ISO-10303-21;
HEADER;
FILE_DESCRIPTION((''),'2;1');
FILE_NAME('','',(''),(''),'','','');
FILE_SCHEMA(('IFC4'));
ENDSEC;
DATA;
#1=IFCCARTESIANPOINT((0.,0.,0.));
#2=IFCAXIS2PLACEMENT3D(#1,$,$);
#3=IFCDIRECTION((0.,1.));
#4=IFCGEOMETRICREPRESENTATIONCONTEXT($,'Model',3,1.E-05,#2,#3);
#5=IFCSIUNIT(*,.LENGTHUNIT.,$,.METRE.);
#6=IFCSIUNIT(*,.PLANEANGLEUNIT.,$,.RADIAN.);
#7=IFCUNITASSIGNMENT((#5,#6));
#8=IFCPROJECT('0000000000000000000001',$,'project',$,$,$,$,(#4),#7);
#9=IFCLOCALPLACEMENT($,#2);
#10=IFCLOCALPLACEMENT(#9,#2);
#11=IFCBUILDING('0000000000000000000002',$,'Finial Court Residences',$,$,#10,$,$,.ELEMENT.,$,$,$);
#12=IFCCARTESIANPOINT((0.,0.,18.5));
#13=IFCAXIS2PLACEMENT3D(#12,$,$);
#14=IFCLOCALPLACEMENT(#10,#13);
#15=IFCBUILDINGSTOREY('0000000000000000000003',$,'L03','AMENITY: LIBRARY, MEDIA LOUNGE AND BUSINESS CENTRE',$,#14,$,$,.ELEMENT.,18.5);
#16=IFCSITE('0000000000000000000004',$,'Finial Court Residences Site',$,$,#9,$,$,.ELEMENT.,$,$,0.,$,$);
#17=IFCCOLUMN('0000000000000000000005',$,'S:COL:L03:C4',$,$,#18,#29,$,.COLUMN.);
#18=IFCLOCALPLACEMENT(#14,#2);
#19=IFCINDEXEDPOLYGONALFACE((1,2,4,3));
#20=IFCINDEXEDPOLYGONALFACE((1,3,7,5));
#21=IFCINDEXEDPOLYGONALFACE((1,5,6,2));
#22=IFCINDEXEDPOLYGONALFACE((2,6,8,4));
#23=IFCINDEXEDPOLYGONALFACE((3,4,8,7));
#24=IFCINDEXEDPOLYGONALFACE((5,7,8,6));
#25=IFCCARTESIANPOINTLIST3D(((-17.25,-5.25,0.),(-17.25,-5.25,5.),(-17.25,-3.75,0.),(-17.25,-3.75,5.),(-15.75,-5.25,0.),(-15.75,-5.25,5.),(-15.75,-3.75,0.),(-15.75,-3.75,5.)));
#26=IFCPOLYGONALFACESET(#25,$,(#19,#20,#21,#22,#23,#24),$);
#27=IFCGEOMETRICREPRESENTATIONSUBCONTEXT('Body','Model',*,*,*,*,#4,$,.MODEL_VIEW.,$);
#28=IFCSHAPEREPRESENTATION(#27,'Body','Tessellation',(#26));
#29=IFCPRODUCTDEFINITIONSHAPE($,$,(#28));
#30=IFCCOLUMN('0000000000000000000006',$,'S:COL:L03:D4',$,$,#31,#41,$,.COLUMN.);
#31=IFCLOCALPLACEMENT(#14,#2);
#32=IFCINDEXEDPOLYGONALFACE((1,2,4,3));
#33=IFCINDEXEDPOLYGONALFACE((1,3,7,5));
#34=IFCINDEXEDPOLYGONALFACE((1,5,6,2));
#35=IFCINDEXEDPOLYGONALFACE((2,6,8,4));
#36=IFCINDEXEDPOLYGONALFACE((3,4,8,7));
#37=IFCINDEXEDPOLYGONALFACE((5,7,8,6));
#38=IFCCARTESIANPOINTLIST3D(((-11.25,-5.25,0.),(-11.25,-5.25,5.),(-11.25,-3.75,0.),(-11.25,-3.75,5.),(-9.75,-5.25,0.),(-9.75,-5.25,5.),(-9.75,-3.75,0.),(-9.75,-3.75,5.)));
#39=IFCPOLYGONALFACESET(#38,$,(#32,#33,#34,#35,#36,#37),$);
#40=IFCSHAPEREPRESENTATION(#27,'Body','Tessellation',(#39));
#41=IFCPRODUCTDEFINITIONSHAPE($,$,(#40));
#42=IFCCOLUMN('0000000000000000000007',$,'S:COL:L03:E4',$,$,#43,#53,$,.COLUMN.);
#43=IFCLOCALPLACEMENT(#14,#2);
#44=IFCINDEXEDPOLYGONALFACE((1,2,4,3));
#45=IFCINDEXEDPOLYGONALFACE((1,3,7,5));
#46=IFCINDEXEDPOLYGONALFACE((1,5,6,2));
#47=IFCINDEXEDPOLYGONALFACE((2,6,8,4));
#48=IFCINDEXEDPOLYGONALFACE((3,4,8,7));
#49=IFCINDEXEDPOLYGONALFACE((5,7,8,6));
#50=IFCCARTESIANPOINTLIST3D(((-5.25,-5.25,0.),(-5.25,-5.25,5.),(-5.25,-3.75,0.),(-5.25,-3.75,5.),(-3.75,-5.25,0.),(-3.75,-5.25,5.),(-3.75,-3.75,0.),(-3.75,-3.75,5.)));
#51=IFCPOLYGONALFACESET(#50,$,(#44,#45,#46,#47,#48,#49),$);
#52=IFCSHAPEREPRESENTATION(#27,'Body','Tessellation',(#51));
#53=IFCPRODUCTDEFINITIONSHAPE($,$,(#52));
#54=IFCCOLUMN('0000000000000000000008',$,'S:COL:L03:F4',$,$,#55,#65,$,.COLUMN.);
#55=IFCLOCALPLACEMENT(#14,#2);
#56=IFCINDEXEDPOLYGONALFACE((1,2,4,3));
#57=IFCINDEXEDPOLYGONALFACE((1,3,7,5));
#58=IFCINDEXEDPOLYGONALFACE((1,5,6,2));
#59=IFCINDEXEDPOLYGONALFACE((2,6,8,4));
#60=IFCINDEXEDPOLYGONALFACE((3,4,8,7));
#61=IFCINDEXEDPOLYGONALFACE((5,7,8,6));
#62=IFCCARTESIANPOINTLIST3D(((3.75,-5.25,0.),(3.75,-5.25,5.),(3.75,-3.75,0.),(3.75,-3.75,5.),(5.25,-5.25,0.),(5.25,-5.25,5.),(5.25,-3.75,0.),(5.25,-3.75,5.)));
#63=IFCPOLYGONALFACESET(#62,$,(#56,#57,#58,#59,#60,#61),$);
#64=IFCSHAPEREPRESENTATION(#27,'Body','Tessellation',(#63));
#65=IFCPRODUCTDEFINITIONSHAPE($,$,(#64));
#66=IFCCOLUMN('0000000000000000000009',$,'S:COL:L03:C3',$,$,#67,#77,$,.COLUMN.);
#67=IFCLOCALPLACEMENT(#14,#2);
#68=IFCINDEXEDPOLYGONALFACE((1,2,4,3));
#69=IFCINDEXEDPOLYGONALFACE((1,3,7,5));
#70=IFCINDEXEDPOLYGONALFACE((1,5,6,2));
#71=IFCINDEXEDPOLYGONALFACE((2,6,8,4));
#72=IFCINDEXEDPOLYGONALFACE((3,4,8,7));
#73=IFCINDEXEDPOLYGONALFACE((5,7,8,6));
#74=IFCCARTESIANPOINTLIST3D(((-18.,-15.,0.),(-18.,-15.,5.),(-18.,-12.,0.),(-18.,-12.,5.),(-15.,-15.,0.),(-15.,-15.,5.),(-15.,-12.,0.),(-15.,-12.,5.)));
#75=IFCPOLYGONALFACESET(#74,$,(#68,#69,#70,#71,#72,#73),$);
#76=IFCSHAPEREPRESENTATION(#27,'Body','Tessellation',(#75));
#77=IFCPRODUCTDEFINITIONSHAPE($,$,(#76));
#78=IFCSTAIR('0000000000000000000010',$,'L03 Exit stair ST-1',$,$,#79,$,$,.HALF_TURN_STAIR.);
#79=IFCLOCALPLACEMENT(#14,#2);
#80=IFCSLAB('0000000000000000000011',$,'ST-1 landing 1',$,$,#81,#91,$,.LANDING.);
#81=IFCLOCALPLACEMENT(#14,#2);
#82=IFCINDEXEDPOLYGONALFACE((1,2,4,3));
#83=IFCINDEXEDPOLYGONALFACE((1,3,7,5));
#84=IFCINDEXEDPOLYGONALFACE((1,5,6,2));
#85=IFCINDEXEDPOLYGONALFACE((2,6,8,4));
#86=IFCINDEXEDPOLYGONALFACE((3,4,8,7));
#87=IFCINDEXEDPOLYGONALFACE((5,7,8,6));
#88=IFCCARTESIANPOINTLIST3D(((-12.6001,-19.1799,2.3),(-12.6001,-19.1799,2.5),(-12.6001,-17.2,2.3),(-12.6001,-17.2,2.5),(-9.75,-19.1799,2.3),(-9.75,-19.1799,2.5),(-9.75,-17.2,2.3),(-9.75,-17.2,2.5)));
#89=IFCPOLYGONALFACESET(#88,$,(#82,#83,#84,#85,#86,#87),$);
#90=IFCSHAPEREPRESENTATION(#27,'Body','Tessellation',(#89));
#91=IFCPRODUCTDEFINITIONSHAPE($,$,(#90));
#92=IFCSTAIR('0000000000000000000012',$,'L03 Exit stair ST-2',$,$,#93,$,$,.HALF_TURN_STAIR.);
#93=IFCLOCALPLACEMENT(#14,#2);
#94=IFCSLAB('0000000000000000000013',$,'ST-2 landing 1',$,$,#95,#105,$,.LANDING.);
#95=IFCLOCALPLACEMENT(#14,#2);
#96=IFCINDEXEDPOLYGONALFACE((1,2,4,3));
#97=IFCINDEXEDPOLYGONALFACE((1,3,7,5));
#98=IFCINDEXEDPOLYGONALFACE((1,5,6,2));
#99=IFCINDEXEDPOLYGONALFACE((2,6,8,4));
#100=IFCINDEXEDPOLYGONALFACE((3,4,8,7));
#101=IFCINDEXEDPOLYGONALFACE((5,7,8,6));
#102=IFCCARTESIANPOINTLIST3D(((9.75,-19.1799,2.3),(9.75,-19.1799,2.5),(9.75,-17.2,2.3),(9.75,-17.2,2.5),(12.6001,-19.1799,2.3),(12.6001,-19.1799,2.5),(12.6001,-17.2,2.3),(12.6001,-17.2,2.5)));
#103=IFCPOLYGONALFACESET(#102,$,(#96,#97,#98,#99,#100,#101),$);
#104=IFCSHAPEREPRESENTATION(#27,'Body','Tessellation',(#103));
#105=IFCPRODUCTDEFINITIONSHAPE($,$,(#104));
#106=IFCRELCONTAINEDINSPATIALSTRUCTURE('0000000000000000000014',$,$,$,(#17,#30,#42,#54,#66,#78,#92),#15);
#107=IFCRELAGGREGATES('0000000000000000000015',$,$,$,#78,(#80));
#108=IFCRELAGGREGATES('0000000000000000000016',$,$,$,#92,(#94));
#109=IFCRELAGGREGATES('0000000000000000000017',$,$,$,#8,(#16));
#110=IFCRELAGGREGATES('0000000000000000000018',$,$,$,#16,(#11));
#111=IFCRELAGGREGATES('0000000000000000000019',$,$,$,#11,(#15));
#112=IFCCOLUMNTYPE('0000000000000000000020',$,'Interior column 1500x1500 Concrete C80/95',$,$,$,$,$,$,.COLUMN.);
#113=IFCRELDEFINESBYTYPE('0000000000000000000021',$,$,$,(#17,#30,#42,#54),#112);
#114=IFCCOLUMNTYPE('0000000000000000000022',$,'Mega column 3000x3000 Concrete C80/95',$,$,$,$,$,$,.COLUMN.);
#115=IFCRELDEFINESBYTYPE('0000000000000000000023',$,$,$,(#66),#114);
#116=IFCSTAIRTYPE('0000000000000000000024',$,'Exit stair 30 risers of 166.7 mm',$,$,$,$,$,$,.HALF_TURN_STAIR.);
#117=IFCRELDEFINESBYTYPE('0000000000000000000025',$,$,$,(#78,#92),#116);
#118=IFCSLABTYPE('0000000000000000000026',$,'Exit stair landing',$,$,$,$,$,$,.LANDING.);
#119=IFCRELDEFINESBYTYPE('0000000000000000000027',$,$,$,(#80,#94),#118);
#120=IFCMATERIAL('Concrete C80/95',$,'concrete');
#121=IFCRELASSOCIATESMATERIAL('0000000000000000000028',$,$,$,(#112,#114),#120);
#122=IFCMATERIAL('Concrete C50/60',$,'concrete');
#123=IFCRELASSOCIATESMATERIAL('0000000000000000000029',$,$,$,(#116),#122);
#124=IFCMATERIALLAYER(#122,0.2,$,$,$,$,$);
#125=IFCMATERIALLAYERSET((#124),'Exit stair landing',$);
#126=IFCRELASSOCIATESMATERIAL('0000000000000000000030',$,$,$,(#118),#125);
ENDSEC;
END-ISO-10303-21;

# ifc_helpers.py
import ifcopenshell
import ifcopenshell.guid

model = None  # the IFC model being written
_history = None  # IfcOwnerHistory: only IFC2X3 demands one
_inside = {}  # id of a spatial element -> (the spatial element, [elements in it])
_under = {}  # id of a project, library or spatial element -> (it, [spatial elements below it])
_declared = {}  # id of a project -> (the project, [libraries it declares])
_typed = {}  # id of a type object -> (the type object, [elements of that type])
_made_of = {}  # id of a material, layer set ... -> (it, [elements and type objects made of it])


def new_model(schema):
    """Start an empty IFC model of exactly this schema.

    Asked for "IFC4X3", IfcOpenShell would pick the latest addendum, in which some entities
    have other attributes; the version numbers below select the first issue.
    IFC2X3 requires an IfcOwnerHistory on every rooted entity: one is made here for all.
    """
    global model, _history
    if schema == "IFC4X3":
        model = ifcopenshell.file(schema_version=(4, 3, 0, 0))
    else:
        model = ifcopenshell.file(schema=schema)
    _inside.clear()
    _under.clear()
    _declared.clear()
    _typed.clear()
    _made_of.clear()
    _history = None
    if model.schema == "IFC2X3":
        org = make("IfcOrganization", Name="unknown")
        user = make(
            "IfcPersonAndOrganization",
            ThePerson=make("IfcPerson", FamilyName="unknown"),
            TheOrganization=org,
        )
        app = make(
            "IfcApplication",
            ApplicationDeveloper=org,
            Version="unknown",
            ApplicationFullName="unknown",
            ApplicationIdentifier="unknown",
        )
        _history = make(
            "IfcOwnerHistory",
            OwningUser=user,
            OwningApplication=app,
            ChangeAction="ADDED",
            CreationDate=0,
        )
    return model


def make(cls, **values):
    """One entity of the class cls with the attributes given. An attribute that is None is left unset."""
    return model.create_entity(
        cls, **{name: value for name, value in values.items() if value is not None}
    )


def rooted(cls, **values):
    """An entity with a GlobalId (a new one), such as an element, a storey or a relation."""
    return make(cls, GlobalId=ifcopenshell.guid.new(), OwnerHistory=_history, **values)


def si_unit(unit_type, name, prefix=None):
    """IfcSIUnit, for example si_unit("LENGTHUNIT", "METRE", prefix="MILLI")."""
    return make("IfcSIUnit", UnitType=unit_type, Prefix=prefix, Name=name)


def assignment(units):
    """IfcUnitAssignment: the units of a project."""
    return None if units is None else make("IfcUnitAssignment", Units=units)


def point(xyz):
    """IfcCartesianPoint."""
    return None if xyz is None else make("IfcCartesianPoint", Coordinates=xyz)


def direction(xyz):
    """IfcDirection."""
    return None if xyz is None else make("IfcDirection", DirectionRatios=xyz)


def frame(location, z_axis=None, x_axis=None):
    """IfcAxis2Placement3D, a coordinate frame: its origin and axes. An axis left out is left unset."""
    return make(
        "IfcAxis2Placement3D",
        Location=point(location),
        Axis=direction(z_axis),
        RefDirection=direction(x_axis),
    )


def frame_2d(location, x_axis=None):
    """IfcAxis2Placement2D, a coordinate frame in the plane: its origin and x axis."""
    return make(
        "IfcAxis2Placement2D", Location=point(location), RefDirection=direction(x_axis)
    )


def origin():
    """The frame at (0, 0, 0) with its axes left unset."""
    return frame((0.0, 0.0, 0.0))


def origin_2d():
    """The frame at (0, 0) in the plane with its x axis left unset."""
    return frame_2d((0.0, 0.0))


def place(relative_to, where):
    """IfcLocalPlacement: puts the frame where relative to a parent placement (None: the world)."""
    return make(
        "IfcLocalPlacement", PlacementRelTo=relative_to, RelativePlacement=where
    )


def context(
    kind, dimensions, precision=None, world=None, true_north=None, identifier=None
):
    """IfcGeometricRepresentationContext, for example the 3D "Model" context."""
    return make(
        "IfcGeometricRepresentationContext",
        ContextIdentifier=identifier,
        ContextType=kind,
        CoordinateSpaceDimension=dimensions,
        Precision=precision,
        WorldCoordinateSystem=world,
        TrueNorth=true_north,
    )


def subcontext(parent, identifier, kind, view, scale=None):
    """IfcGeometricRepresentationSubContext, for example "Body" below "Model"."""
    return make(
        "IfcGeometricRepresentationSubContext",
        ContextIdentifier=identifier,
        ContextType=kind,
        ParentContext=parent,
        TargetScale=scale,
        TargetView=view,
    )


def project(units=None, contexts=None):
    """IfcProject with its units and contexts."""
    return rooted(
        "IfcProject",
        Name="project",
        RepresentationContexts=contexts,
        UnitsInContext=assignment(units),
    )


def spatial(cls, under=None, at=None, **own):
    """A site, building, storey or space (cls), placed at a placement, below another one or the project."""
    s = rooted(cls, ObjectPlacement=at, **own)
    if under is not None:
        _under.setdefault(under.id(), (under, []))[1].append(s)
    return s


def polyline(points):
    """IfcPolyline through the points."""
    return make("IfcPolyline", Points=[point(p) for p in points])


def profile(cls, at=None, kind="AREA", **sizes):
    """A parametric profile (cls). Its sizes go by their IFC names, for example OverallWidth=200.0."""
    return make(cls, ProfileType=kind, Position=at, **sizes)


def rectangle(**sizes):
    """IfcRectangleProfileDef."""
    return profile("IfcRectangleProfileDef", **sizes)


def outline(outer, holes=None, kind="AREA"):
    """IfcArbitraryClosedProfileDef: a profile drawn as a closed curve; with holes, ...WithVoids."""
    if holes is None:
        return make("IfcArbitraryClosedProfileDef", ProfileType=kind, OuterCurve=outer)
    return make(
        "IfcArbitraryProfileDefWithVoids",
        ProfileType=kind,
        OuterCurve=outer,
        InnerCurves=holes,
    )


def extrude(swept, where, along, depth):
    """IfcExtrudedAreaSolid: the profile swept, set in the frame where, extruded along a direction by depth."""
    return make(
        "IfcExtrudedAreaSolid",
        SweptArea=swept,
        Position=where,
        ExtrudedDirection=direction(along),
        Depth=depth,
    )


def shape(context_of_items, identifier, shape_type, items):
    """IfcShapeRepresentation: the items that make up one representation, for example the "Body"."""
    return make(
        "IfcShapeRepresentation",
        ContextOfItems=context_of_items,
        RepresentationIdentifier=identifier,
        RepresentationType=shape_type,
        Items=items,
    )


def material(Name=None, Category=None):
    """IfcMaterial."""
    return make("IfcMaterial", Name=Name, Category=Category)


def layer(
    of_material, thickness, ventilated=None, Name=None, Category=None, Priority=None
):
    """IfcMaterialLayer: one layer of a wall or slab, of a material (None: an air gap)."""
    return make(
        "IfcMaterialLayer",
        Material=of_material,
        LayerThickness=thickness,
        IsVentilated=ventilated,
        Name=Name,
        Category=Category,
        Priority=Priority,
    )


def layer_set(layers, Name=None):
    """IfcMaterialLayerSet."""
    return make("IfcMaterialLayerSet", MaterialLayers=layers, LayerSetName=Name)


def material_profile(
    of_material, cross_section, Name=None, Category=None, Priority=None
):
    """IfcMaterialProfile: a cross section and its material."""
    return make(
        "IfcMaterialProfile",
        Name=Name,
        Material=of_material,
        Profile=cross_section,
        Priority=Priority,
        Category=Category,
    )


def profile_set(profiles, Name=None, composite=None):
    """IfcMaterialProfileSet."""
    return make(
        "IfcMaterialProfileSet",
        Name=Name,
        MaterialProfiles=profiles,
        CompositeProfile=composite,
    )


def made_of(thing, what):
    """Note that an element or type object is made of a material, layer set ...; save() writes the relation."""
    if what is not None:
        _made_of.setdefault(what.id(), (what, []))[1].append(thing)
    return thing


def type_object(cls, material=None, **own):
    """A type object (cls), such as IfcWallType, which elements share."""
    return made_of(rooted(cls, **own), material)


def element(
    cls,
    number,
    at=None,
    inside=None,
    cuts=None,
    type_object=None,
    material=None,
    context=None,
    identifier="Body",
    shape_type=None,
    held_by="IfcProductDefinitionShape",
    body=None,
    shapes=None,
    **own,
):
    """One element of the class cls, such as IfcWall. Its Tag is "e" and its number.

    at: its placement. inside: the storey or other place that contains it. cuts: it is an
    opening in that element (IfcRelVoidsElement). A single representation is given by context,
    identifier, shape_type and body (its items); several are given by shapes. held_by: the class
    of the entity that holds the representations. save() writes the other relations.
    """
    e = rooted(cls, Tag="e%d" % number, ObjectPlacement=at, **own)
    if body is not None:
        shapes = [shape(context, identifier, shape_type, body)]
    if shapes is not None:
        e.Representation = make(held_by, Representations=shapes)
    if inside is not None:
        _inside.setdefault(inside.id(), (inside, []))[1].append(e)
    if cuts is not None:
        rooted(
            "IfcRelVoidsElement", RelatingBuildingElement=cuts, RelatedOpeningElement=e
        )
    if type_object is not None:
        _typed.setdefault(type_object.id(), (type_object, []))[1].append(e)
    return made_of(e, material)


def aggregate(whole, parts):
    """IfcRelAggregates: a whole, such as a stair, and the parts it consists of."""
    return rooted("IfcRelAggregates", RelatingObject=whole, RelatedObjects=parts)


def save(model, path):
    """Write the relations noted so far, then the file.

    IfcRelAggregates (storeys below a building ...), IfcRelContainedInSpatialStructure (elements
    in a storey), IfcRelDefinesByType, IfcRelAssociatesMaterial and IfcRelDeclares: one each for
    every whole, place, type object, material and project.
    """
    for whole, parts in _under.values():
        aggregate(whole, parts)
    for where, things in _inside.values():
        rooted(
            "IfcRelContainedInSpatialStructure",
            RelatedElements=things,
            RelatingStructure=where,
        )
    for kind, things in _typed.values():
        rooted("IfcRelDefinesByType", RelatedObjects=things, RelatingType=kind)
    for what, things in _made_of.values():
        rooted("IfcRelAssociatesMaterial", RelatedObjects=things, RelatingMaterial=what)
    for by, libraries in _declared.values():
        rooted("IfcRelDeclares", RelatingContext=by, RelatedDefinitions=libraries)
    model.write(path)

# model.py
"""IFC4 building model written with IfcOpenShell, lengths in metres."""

from ifc_helpers import new_model, si_unit, direction, frame, origin, origin_2d, place, context, subcontext, project, spatial, polyline, rectangle, outline, extrude, material, layer, layer_set, material_profile, profile_set, type_object, element, aggregate, save


model = new_model("IFC4")

# Units and contexts
model_context = context("Model", 3, precision=1e-05, world=origin(), true_north=direction((0.0, 1.0)))
body_context = subcontext(model_context, "Body", "Model", "MODEL_VIEW")
ifc_project = project(units=[si_unit("LENGTHUNIT", "METRE"), si_unit("PLANEANGLEUNIT", "RADIAN")], contexts=[model_context])

# Site, building, storey
site_placement = place(None, origin())
site = spatial("IfcSite", under=ifc_project, at=site_placement, Name="Finial Court Residences Site", CompositionType="ELEMENT", RefElevation=0.0)
building_placement = place(site_placement, origin())
building = spatial("IfcBuilding", under=site, at=building_placement, Name="Finial Court Residences", CompositionType="ELEMENT")
storey_placement = place(building_placement, frame((0.0, 0.0, 18.5)))
storey = spatial("IfcBuildingStorey", under=building, at=storey_placement, Name="L03", Description="AMENITY: LIBRARY, MEDIA LOUNGE AND BUSINESS CENTRE", CompositionType="ELEMENT", Elevation=18.5)

# Columns
ifc_material_1 = material(Name="Concrete C80/95", Category="concrete")
ifc_material_profile_1 = material_profile(ifc_material_1, rectangle(XDim=1.5, YDim=1.5, at=origin_2d()), Name="1500x1500")
ifc_profile_set_1 = profile_set([ifc_material_profile_1], Name="Concrete C80/95")
column_type_1 = type_object("IfcColumnType", Name="Interior column 1500x1500 Concrete C80/95", PredefinedType="COLUMN", material=ifc_profile_set_1)
for number, where, z_axis, x_axis, name in (
    (1, (-16.5, -4.5, 0.0), (0.0, 0.0, 1.0), (1.0, 0.0, 0.0), "S:COL:L03:C4"),
    (2, (-10.5, -4.5, 0.0), (0.0, 0.0, 1.0), (1.0, 0.0, 0.0), "S:COL:L03:D4"),
    (3, (-4.5, -4.5, 0.0), (0.0, 0.0, 1.0), (1.0, 0.0, 0.0), "S:COL:L03:E4"),
    (4, (4.5, -4.5, 0.0), (0.0, 0.0, 1.0), (1.0, 0.0, 0.0), "S:COL:L03:F4"),
):
    element("IfcColumn", number, at=place(storey_placement, frame(where, z_axis=z_axis, x_axis=x_axis)), inside=storey, type_object=column_type_1, Name=name, PredefinedType="COLUMN", context=body_context, shape_type="SweptSolid", body=[
        extrude(rectangle(XDim=1.5, YDim=1.5, at=origin_2d()), origin(), (0.0, 0.0, 1.0), 5.0),
    ])
ifc_material_profile_2 = material_profile(ifc_material_1, rectangle(XDim=3.0, YDim=3.0, at=origin_2d()), Name="3000x3000")
ifc_profile_set_2 = profile_set([ifc_material_profile_2], Name="Concrete C80/95")
column_type_2 = type_object("IfcColumnType", Name="Mega column 3000x3000 Concrete C80/95", PredefinedType="COLUMN", material=ifc_profile_set_2)
column_placement = place(storey_placement, frame((-16.5, -13.5, 0.0), z_axis=(0.0, 0.0, 1.0), x_axis=(1.0, 0.0, 0.0)))
element("IfcColumn", 5, at=column_placement, inside=storey, type_object=column_type_2, Name="S:COL:L03:C3", PredefinedType="COLUMN", context=body_context, shape_type="SweptSolid", body=[
    extrude(rectangle(XDim=3.0, YDim=3.0, at=origin_2d()), origin(), (0.0, 0.0, 1.0), 5.0),
])

# Stairs, slabs
ifc_material_2 = material(Name="Concrete C50/60", Category="concrete")
stair_type = type_object("IfcStairType", Name="Exit stair 30 risers of 166.7 mm", PredefinedType="HALF_TURN_STAIR", material=ifc_material_2)
stair_1_placement = place(storey_placement, origin())
stair_1 = element("IfcStair", 6, at=stair_1_placement, inside=storey, type_object=stair_type, Name="L03 Exit stair ST-1", PredefinedType="HALF_TURN_STAIR")
ifc_layer_1 = layer(ifc_material_2, 0.2)
ifc_layer_set_1 = layer_set([ifc_layer_1], Name="Exit stair landing")
slab_type_1 = type_object("IfcSlabType", Name="Exit stair landing", PredefinedType="LANDING", material=ifc_layer_set_1)
slab_1_placement = place(storey_placement, frame((0.0, 0.0, 2.3)))
slab_1 = element("IfcSlab", 7, at=slab_1_placement, type_object=slab_type_1, Name="ST-1 landing 1", PredefinedType="LANDING", context=body_context, shape_type="SweptSolid", body=[
    extrude(outline(polyline([(-9.75, -19.1799), (-9.75, -17.2), (-12.6001, -17.2), (-12.6001, -19.1799), (-9.75, -19.1799)])), origin(), (0.0, 0.0, 1.0), 0.2),
])
aggregate(stair_1, [slab_1])
stair_2_placement = place(storey_placement, origin())
stair_2 = element("IfcStair", 8, at=stair_2_placement, inside=storey, type_object=stair_type, Name="L03 Exit stair ST-2", PredefinedType="HALF_TURN_STAIR")
slab_2_placement = place(storey_placement, frame((0.0, 0.0, 2.3)))
slab_2 = element("IfcSlab", 9, at=slab_2_placement, type_object=slab_type_1, Name="ST-2 landing 1", PredefinedType="LANDING", context=body_context, shape_type="SweptSolid", body=[
    extrude(outline(polyline([(12.6001, -19.1799), (12.6001, -17.2), (9.75, -17.2), (9.75, -19.1799), (12.6001, -19.1799)])), origin(), (0.0, 0.0, 1.0), 0.2),
])
aggregate(stair_2, [slab_2])

save(model, "model.ifc")
